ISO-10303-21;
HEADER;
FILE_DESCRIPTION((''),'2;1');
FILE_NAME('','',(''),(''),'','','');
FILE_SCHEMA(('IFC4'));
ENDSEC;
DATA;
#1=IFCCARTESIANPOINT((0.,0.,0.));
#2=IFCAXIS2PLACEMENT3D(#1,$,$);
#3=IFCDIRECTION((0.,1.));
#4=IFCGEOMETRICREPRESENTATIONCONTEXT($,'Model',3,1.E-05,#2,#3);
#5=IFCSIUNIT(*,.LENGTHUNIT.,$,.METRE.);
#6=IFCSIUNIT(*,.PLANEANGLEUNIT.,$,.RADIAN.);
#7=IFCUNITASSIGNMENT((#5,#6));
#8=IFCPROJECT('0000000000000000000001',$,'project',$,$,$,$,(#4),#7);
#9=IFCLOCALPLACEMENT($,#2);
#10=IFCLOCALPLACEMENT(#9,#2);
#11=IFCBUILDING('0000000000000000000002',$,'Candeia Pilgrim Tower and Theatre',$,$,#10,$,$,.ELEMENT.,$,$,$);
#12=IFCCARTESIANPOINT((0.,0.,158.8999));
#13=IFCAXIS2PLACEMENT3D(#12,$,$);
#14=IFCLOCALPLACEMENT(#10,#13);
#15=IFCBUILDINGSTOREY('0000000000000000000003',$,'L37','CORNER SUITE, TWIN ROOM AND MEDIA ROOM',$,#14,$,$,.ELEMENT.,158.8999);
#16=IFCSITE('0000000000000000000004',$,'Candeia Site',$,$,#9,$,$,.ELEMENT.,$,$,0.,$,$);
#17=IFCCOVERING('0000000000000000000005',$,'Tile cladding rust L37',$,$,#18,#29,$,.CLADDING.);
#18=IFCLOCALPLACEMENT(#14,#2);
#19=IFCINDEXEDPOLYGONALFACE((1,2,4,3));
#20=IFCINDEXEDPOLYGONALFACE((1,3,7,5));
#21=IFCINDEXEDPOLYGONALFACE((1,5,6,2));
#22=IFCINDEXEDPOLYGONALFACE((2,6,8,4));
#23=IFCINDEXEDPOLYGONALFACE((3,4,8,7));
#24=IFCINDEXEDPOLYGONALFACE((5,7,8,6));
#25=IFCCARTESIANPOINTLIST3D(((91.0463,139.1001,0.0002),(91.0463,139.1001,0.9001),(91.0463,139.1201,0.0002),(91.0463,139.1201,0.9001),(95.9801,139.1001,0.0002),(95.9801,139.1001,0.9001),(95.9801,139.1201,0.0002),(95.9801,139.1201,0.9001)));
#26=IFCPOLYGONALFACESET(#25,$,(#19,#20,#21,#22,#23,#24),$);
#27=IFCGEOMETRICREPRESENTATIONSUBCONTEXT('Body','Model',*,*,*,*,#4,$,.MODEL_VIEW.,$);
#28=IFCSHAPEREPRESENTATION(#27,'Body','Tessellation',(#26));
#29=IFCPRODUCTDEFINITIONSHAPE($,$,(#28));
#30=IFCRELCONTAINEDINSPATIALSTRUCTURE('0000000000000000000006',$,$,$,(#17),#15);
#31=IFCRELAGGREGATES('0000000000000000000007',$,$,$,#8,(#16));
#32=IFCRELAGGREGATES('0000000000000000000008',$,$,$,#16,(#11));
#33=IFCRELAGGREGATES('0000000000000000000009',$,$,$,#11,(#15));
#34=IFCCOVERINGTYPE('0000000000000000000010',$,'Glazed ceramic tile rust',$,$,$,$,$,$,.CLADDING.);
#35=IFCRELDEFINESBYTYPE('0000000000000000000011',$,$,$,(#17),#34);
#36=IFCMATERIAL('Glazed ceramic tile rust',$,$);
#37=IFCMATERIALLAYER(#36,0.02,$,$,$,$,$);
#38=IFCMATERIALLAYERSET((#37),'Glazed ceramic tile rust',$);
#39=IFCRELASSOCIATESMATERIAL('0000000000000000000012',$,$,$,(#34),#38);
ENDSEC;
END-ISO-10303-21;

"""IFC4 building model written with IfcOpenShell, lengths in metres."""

from ifc_helpers import new_model, si_unit, direction, frame, origin, origin_2d, place, context, subcontext, project, spatial, rectangle, extrude, material, layer, layer_set, type_object, element, save


model = new_model("IFC4")

# Units and contexts
model_context = context("Model", 3, precision=1e-05, world=origin(), true_north=direction((0.0, 1.0)))
body_context = subcontext(model_context, "Body", "Model", "MODEL_VIEW")
ifc_project = project(units=[si_unit("LENGTHUNIT", "METRE"), si_unit("PLANEANGLEUNIT", "RADIAN")], contexts=[model_context])

# Site, building, storey
site_placement = place(None, origin())
site = spatial("IfcSite", under=ifc_project, at=site_placement, Name="Candeia Site", CompositionType="ELEMENT", RefElevation=0.0)
building_placement = place(site_placement, origin())
building = spatial("IfcBuilding", under=site, at=building_placement, Name="Candeia Pilgrim Tower and Theatre", CompositionType="ELEMENT")
storey_placement = place(building_placement, frame((0.0, 0.0, 158.8999)))
storey = spatial("IfcBuildingStorey", under=building, at=storey_placement, Name="L37", Description="CORNER SUITE, TWIN ROOM AND MEDIA ROOM", CompositionType="ELEMENT", Elevation=158.8999)

# Covering
ifc_material_1 = material(Name="Glazed ceramic tile rust")
ifc_layer_1 = layer(ifc_material_1, 0.02)
ifc_layer_set_1 = layer_set([ifc_layer_1], Name="Glazed ceramic tile rust")
covering_type_1 = type_object("IfcCoveringType", Name="Glazed ceramic tile rust", PredefinedType="CLADDING", material=ifc_layer_set_1)
covering_1_placement = place(storey_placement, frame((93.5132, 139.1101, 0.0002), z_axis=(0.0, 0.0, 1.0), x_axis=(-1.0, 0.0, 0.0)))
element("IfcCovering", 1, at=covering_1_placement, inside=storey, type_object=covering_type_1, Name="Tile cladding rust L37", PredefinedType="CLADDING", context=body_context, shape_type="SweptSolid", body=[
    extrude(rectangle(XDim=4.9338, YDim=0.02, at=origin_2d()), origin(), (0.0, 0.0, 1.0), 0.8999),
])

save(model, "model.ifc")
